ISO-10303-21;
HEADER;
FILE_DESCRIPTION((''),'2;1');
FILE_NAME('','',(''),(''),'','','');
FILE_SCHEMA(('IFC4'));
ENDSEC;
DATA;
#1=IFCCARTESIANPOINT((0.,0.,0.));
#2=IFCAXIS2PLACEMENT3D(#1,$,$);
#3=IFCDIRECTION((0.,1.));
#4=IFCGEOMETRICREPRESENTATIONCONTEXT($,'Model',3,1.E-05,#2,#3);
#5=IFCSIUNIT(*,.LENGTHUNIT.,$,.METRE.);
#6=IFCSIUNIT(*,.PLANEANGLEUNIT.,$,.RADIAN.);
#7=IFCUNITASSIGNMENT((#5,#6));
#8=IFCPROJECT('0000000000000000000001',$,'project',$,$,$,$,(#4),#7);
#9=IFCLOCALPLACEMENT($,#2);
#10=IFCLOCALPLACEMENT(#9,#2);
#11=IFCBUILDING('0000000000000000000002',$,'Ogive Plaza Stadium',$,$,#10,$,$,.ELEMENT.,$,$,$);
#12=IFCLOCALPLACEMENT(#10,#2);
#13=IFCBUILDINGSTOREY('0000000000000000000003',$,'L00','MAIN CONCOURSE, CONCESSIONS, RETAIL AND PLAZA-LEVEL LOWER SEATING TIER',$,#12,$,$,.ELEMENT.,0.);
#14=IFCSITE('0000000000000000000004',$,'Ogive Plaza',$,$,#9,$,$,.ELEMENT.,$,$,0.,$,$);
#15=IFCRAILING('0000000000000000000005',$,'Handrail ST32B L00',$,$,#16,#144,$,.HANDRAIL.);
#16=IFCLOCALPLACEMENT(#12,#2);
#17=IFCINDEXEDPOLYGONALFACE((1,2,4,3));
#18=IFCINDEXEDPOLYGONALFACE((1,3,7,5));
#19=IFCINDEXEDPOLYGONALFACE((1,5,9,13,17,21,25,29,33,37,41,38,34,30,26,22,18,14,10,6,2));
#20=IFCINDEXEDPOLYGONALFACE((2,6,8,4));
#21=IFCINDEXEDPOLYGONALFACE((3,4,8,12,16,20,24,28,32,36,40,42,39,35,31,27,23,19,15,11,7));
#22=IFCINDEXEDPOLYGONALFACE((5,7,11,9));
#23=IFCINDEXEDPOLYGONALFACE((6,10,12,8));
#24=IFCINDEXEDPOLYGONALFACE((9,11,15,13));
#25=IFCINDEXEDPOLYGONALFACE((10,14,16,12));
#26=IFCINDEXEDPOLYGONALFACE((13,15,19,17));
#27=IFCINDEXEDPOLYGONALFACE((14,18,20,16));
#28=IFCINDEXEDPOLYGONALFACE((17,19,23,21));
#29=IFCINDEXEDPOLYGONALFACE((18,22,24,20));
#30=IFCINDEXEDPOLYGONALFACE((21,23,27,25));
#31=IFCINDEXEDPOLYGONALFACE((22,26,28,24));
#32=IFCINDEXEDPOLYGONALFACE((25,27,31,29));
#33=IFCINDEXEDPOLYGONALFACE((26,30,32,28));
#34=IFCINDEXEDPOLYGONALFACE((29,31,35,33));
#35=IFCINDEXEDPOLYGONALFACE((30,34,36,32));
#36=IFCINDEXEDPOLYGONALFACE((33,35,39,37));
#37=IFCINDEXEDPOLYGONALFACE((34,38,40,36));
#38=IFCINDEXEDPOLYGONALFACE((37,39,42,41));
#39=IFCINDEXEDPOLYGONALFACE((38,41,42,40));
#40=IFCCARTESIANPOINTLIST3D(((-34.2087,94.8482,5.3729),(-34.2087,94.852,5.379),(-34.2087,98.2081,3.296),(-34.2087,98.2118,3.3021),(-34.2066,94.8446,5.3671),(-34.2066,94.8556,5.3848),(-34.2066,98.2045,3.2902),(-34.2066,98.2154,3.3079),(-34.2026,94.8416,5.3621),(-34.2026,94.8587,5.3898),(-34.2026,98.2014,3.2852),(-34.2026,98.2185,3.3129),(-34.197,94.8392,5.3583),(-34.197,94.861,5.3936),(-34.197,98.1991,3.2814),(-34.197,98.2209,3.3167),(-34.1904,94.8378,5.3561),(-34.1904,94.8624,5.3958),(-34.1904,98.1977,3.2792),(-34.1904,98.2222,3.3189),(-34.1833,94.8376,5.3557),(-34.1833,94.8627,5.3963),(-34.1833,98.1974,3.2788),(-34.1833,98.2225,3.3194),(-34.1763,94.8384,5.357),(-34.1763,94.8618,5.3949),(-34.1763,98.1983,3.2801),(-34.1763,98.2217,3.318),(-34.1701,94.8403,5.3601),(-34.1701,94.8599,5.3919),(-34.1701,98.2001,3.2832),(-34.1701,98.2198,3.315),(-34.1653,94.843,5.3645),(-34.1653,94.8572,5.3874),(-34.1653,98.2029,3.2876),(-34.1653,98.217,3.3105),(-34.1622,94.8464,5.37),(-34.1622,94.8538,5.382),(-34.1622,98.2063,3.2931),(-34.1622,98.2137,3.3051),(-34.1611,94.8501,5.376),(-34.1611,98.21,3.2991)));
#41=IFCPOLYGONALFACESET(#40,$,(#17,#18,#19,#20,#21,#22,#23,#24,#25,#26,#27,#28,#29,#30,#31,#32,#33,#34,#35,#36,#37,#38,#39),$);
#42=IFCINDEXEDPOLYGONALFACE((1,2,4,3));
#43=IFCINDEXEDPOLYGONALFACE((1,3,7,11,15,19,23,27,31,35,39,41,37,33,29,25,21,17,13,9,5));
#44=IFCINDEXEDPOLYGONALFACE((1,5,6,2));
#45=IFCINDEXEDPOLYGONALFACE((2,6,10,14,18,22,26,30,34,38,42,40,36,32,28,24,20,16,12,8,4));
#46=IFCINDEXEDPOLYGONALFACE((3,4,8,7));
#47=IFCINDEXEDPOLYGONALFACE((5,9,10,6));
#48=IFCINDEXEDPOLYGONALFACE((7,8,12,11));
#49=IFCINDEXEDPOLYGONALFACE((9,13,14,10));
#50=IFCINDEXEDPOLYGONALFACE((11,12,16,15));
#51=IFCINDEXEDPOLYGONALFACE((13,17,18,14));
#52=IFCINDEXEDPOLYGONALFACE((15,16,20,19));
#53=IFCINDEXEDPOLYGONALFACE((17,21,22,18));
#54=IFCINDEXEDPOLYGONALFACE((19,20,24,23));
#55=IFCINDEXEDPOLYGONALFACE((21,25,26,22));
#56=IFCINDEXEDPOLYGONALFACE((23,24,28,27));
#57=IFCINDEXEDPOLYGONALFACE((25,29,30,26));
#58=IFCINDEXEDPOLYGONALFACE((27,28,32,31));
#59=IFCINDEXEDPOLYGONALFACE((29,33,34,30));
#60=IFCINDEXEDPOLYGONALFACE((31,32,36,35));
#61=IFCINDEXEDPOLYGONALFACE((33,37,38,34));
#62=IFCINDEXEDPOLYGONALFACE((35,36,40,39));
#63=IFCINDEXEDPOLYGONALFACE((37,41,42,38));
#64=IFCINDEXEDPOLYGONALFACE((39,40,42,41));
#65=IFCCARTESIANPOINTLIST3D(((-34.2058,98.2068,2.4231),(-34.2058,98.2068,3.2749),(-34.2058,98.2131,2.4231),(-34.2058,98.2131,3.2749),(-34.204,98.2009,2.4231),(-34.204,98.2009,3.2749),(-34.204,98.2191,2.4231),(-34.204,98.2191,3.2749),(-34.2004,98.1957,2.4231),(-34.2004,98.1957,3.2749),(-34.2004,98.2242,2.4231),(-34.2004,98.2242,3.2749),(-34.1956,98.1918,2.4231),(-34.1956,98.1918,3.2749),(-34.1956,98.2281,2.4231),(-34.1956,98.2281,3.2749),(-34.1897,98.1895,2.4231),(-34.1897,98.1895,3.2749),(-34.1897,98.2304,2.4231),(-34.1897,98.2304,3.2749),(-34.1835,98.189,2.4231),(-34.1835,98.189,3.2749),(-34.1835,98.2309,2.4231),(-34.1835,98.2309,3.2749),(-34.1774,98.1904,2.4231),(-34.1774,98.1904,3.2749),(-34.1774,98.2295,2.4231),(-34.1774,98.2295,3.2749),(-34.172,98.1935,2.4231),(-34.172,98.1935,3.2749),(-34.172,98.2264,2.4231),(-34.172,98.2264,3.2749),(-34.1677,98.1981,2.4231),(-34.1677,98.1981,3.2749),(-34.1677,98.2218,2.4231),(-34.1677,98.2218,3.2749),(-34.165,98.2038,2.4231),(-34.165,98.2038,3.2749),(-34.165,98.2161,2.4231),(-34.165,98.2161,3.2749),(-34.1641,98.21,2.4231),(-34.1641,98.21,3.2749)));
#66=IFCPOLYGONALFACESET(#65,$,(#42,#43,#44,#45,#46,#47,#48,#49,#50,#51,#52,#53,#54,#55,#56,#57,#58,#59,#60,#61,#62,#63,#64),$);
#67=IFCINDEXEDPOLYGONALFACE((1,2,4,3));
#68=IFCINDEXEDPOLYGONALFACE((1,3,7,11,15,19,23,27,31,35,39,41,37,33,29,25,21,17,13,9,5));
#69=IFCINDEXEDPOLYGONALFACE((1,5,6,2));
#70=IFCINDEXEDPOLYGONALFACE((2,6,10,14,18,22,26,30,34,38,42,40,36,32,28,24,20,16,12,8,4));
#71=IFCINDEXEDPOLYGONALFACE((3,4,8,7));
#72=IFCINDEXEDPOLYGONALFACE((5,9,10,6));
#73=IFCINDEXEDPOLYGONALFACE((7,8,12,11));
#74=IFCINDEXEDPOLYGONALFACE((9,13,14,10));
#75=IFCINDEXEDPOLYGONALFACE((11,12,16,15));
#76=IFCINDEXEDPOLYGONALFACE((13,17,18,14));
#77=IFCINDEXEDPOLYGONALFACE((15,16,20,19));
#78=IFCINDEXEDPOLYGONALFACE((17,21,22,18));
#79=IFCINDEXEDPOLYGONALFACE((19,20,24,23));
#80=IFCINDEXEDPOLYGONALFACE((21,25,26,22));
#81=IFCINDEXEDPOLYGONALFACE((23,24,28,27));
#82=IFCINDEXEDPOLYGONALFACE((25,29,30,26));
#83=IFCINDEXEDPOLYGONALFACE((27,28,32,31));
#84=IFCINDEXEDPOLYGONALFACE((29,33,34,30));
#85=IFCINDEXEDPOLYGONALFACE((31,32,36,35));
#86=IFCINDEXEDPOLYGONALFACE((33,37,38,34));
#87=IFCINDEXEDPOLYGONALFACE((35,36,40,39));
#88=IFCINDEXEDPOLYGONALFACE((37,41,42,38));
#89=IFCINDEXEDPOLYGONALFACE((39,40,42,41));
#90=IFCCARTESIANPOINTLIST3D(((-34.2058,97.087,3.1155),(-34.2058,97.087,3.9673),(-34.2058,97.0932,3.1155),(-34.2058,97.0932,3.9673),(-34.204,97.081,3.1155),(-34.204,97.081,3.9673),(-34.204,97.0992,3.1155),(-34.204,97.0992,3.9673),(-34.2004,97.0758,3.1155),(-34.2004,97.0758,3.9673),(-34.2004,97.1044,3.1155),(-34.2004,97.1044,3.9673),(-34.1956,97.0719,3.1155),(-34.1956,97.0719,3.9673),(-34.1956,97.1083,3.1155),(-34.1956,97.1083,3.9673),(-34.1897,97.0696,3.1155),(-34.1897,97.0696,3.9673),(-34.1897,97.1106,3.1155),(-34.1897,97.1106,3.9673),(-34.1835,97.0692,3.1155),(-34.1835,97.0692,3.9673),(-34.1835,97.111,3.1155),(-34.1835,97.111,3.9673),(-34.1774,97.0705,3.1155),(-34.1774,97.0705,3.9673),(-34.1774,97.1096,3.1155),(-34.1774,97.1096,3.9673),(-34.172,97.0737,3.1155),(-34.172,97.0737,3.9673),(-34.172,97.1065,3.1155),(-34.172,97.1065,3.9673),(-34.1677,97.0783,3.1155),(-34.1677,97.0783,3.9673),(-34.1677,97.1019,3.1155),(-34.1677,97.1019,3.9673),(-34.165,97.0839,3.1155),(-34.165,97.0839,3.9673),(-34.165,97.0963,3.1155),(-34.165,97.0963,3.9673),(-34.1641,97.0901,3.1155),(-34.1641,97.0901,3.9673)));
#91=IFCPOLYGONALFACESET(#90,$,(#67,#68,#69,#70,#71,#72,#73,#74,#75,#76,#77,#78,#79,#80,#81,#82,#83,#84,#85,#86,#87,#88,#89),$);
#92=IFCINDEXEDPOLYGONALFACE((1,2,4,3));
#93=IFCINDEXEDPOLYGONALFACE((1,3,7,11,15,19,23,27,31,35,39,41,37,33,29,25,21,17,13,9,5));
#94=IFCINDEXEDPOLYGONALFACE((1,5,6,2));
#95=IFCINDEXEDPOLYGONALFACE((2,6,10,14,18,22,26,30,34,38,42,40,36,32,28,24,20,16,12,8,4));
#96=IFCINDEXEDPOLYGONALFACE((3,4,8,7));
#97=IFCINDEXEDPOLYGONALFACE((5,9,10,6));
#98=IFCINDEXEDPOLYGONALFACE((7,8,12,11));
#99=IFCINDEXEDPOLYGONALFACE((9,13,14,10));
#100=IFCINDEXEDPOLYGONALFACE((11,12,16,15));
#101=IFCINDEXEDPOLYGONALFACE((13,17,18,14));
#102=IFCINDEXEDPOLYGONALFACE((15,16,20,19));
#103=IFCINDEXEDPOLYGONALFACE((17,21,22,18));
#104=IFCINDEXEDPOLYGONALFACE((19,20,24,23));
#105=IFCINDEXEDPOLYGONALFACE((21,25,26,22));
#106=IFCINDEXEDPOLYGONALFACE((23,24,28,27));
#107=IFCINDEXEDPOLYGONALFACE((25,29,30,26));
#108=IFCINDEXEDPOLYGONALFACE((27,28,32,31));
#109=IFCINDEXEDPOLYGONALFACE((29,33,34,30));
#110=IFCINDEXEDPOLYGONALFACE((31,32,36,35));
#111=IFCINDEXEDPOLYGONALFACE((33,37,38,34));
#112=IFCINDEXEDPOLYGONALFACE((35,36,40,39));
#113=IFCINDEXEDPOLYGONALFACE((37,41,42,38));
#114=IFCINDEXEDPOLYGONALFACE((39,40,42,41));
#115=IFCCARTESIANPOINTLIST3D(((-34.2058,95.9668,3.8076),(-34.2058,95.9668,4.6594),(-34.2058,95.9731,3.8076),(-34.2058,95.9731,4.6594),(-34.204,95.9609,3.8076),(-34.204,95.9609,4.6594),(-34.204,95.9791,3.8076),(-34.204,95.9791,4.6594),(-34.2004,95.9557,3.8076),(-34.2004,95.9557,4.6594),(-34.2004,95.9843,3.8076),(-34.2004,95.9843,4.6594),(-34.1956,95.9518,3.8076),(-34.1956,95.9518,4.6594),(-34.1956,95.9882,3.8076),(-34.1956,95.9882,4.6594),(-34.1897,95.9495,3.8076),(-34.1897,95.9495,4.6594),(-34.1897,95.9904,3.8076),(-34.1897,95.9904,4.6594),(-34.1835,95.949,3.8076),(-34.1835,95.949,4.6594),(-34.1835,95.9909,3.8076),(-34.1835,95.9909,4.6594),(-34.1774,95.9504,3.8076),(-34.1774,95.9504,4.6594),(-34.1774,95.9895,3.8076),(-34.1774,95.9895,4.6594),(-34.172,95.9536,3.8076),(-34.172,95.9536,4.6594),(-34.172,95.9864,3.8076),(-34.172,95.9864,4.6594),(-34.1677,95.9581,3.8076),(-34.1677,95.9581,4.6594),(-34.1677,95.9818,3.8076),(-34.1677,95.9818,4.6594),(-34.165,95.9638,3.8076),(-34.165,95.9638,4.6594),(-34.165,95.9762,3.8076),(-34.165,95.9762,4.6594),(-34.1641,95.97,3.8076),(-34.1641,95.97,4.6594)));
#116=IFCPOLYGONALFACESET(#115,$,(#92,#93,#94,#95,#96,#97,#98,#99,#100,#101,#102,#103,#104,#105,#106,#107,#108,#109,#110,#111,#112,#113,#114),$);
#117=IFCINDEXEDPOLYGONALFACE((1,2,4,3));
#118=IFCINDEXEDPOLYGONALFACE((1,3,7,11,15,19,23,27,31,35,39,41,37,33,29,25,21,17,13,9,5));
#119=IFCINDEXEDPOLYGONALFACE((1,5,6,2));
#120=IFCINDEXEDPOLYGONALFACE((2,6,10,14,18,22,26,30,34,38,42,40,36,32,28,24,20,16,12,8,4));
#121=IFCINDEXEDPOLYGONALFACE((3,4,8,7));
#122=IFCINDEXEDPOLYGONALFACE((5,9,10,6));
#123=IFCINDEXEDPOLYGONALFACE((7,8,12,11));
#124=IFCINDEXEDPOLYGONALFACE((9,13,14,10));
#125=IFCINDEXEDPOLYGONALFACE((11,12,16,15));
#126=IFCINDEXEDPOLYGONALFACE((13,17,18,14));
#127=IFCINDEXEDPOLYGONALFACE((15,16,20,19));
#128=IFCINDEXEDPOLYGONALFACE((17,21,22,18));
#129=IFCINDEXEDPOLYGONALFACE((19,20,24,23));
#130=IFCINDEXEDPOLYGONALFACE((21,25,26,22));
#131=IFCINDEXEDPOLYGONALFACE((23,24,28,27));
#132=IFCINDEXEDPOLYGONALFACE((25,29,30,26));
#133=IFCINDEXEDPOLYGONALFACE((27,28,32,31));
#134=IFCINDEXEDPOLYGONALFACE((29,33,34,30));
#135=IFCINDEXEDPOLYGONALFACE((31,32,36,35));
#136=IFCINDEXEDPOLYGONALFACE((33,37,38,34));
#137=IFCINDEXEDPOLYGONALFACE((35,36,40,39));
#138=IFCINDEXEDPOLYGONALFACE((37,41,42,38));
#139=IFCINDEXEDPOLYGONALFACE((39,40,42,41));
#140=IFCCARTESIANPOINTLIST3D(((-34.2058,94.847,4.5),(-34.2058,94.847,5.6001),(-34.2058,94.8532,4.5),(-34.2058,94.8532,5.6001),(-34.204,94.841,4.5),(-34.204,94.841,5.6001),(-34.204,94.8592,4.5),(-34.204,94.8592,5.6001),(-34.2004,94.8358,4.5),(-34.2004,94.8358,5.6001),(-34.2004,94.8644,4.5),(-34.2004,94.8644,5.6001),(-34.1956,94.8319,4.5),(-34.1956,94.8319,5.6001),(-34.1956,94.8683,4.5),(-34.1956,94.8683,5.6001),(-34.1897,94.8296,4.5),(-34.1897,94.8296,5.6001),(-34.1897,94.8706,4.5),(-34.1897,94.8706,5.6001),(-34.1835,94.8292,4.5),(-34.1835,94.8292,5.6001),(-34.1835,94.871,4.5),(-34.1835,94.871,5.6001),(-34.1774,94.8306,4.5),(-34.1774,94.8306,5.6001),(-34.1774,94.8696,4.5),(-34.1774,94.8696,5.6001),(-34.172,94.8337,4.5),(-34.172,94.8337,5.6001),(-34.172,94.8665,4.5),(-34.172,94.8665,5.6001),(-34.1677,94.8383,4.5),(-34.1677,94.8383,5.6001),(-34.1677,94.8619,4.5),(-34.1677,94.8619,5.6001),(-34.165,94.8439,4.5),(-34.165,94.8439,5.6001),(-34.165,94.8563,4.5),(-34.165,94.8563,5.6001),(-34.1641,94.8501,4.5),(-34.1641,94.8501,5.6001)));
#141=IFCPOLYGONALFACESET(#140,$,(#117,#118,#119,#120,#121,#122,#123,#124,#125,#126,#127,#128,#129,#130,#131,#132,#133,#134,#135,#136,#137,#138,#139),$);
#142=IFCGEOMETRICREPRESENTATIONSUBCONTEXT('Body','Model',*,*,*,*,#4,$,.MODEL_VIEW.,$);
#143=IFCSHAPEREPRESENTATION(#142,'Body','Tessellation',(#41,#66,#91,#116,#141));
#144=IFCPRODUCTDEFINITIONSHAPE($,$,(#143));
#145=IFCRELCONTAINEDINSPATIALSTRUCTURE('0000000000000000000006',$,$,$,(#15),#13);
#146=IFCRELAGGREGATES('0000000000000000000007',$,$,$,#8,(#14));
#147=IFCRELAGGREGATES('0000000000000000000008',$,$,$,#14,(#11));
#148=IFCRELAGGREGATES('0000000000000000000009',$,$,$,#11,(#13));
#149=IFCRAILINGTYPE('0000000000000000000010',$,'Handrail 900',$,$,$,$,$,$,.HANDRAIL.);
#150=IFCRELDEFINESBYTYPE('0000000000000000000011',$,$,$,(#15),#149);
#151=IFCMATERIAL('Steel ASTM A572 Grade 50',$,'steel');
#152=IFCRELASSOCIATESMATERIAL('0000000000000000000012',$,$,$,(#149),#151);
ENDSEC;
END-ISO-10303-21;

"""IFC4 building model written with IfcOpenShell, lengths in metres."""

from ifc_helpers import new_model, si_unit, direction, frame, origin, origin_2d, place, context, subcontext, project, spatial, circle, extrude, material, type_object, element, save


model = new_model("IFC4")

# Units and contexts
model_context = context("Model", 3, precision=1e-05, world=origin(), true_north=direction((0.0, 1.0)))
body_context = subcontext(model_context, "Body", "Model", "MODEL_VIEW")
ifc_project = project(units=[si_unit("LENGTHUNIT", "METRE"), si_unit("PLANEANGLEUNIT", "RADIAN")], contexts=[model_context])

# Site, building, storey
site_placement = place(None, origin())
site = spatial("IfcSite", under=ifc_project, at=site_placement, Name="Ogive Plaza", CompositionType="ELEMENT", RefElevation=0.0)
building_placement = place(site_placement, origin())
building = spatial("IfcBuilding", under=site, at=building_placement, Name="Ogive Plaza Stadium", CompositionType="ELEMENT")
storey_placement = place(building_placement, origin())
storey = spatial("IfcBuildingStorey", under=building, at=storey_placement, Name="L00", Description="MAIN CONCOURSE, CONCESSIONS, RETAIL AND PLAZA-LEVEL LOWER SEATING TIER", CompositionType="ELEMENT", Elevation=0.0)

# Railing
ifc_material_1 = material(Name="Steel ASTM A572 Grade 50", Category="steel")
railing_type_1 = type_object("IfcRailingType", Name="Handrail 900", PredefinedType="HANDRAIL", material=ifc_material_1)
for number, where, name in (
    (1, (-34.1851, 98.21, 2.4231), "Handrail ST32B L00"),
):
    element("IfcRailing", number, at=place(storey_placement, frame(where)), inside=storey, type_object=railing_type_1, Name=name, PredefinedType="HANDRAIL", context=body_context, shape_type="SweptSolid", body=[
        extrude(circle(Radius=0.0239, at=origin_2d()), frame((0.0, 0.0, 0.876), z_axis=(0.0, -0.850606, 0.525803), x_axis=(1.0, 0.0, 0.0)), (0.0, 0.0, 1.0), 3.95),
        extrude(circle(Radius=0.021, at=origin_2d()), origin(), (0.0, 0.0, 1.0), 0.8518),
        extrude(circle(Radius=0.021, at=origin_2d()), frame((0.0, -1.1199, 0.6924)), (0.0, 0.0, 1.0), 0.8518),
        extrude(circle(Radius=0.021, at=origin_2d()), frame((0.0, -2.24, 1.3845)), (0.0, 0.0, 1.0), 0.8518),
        extrude(circle(Radius=0.021, at=origin_2d()), frame((0.0, -3.3599, 2.0769)), (0.0, 0.0, 1.0), 1.1001),
    ])

save(model, "model.ifc")
